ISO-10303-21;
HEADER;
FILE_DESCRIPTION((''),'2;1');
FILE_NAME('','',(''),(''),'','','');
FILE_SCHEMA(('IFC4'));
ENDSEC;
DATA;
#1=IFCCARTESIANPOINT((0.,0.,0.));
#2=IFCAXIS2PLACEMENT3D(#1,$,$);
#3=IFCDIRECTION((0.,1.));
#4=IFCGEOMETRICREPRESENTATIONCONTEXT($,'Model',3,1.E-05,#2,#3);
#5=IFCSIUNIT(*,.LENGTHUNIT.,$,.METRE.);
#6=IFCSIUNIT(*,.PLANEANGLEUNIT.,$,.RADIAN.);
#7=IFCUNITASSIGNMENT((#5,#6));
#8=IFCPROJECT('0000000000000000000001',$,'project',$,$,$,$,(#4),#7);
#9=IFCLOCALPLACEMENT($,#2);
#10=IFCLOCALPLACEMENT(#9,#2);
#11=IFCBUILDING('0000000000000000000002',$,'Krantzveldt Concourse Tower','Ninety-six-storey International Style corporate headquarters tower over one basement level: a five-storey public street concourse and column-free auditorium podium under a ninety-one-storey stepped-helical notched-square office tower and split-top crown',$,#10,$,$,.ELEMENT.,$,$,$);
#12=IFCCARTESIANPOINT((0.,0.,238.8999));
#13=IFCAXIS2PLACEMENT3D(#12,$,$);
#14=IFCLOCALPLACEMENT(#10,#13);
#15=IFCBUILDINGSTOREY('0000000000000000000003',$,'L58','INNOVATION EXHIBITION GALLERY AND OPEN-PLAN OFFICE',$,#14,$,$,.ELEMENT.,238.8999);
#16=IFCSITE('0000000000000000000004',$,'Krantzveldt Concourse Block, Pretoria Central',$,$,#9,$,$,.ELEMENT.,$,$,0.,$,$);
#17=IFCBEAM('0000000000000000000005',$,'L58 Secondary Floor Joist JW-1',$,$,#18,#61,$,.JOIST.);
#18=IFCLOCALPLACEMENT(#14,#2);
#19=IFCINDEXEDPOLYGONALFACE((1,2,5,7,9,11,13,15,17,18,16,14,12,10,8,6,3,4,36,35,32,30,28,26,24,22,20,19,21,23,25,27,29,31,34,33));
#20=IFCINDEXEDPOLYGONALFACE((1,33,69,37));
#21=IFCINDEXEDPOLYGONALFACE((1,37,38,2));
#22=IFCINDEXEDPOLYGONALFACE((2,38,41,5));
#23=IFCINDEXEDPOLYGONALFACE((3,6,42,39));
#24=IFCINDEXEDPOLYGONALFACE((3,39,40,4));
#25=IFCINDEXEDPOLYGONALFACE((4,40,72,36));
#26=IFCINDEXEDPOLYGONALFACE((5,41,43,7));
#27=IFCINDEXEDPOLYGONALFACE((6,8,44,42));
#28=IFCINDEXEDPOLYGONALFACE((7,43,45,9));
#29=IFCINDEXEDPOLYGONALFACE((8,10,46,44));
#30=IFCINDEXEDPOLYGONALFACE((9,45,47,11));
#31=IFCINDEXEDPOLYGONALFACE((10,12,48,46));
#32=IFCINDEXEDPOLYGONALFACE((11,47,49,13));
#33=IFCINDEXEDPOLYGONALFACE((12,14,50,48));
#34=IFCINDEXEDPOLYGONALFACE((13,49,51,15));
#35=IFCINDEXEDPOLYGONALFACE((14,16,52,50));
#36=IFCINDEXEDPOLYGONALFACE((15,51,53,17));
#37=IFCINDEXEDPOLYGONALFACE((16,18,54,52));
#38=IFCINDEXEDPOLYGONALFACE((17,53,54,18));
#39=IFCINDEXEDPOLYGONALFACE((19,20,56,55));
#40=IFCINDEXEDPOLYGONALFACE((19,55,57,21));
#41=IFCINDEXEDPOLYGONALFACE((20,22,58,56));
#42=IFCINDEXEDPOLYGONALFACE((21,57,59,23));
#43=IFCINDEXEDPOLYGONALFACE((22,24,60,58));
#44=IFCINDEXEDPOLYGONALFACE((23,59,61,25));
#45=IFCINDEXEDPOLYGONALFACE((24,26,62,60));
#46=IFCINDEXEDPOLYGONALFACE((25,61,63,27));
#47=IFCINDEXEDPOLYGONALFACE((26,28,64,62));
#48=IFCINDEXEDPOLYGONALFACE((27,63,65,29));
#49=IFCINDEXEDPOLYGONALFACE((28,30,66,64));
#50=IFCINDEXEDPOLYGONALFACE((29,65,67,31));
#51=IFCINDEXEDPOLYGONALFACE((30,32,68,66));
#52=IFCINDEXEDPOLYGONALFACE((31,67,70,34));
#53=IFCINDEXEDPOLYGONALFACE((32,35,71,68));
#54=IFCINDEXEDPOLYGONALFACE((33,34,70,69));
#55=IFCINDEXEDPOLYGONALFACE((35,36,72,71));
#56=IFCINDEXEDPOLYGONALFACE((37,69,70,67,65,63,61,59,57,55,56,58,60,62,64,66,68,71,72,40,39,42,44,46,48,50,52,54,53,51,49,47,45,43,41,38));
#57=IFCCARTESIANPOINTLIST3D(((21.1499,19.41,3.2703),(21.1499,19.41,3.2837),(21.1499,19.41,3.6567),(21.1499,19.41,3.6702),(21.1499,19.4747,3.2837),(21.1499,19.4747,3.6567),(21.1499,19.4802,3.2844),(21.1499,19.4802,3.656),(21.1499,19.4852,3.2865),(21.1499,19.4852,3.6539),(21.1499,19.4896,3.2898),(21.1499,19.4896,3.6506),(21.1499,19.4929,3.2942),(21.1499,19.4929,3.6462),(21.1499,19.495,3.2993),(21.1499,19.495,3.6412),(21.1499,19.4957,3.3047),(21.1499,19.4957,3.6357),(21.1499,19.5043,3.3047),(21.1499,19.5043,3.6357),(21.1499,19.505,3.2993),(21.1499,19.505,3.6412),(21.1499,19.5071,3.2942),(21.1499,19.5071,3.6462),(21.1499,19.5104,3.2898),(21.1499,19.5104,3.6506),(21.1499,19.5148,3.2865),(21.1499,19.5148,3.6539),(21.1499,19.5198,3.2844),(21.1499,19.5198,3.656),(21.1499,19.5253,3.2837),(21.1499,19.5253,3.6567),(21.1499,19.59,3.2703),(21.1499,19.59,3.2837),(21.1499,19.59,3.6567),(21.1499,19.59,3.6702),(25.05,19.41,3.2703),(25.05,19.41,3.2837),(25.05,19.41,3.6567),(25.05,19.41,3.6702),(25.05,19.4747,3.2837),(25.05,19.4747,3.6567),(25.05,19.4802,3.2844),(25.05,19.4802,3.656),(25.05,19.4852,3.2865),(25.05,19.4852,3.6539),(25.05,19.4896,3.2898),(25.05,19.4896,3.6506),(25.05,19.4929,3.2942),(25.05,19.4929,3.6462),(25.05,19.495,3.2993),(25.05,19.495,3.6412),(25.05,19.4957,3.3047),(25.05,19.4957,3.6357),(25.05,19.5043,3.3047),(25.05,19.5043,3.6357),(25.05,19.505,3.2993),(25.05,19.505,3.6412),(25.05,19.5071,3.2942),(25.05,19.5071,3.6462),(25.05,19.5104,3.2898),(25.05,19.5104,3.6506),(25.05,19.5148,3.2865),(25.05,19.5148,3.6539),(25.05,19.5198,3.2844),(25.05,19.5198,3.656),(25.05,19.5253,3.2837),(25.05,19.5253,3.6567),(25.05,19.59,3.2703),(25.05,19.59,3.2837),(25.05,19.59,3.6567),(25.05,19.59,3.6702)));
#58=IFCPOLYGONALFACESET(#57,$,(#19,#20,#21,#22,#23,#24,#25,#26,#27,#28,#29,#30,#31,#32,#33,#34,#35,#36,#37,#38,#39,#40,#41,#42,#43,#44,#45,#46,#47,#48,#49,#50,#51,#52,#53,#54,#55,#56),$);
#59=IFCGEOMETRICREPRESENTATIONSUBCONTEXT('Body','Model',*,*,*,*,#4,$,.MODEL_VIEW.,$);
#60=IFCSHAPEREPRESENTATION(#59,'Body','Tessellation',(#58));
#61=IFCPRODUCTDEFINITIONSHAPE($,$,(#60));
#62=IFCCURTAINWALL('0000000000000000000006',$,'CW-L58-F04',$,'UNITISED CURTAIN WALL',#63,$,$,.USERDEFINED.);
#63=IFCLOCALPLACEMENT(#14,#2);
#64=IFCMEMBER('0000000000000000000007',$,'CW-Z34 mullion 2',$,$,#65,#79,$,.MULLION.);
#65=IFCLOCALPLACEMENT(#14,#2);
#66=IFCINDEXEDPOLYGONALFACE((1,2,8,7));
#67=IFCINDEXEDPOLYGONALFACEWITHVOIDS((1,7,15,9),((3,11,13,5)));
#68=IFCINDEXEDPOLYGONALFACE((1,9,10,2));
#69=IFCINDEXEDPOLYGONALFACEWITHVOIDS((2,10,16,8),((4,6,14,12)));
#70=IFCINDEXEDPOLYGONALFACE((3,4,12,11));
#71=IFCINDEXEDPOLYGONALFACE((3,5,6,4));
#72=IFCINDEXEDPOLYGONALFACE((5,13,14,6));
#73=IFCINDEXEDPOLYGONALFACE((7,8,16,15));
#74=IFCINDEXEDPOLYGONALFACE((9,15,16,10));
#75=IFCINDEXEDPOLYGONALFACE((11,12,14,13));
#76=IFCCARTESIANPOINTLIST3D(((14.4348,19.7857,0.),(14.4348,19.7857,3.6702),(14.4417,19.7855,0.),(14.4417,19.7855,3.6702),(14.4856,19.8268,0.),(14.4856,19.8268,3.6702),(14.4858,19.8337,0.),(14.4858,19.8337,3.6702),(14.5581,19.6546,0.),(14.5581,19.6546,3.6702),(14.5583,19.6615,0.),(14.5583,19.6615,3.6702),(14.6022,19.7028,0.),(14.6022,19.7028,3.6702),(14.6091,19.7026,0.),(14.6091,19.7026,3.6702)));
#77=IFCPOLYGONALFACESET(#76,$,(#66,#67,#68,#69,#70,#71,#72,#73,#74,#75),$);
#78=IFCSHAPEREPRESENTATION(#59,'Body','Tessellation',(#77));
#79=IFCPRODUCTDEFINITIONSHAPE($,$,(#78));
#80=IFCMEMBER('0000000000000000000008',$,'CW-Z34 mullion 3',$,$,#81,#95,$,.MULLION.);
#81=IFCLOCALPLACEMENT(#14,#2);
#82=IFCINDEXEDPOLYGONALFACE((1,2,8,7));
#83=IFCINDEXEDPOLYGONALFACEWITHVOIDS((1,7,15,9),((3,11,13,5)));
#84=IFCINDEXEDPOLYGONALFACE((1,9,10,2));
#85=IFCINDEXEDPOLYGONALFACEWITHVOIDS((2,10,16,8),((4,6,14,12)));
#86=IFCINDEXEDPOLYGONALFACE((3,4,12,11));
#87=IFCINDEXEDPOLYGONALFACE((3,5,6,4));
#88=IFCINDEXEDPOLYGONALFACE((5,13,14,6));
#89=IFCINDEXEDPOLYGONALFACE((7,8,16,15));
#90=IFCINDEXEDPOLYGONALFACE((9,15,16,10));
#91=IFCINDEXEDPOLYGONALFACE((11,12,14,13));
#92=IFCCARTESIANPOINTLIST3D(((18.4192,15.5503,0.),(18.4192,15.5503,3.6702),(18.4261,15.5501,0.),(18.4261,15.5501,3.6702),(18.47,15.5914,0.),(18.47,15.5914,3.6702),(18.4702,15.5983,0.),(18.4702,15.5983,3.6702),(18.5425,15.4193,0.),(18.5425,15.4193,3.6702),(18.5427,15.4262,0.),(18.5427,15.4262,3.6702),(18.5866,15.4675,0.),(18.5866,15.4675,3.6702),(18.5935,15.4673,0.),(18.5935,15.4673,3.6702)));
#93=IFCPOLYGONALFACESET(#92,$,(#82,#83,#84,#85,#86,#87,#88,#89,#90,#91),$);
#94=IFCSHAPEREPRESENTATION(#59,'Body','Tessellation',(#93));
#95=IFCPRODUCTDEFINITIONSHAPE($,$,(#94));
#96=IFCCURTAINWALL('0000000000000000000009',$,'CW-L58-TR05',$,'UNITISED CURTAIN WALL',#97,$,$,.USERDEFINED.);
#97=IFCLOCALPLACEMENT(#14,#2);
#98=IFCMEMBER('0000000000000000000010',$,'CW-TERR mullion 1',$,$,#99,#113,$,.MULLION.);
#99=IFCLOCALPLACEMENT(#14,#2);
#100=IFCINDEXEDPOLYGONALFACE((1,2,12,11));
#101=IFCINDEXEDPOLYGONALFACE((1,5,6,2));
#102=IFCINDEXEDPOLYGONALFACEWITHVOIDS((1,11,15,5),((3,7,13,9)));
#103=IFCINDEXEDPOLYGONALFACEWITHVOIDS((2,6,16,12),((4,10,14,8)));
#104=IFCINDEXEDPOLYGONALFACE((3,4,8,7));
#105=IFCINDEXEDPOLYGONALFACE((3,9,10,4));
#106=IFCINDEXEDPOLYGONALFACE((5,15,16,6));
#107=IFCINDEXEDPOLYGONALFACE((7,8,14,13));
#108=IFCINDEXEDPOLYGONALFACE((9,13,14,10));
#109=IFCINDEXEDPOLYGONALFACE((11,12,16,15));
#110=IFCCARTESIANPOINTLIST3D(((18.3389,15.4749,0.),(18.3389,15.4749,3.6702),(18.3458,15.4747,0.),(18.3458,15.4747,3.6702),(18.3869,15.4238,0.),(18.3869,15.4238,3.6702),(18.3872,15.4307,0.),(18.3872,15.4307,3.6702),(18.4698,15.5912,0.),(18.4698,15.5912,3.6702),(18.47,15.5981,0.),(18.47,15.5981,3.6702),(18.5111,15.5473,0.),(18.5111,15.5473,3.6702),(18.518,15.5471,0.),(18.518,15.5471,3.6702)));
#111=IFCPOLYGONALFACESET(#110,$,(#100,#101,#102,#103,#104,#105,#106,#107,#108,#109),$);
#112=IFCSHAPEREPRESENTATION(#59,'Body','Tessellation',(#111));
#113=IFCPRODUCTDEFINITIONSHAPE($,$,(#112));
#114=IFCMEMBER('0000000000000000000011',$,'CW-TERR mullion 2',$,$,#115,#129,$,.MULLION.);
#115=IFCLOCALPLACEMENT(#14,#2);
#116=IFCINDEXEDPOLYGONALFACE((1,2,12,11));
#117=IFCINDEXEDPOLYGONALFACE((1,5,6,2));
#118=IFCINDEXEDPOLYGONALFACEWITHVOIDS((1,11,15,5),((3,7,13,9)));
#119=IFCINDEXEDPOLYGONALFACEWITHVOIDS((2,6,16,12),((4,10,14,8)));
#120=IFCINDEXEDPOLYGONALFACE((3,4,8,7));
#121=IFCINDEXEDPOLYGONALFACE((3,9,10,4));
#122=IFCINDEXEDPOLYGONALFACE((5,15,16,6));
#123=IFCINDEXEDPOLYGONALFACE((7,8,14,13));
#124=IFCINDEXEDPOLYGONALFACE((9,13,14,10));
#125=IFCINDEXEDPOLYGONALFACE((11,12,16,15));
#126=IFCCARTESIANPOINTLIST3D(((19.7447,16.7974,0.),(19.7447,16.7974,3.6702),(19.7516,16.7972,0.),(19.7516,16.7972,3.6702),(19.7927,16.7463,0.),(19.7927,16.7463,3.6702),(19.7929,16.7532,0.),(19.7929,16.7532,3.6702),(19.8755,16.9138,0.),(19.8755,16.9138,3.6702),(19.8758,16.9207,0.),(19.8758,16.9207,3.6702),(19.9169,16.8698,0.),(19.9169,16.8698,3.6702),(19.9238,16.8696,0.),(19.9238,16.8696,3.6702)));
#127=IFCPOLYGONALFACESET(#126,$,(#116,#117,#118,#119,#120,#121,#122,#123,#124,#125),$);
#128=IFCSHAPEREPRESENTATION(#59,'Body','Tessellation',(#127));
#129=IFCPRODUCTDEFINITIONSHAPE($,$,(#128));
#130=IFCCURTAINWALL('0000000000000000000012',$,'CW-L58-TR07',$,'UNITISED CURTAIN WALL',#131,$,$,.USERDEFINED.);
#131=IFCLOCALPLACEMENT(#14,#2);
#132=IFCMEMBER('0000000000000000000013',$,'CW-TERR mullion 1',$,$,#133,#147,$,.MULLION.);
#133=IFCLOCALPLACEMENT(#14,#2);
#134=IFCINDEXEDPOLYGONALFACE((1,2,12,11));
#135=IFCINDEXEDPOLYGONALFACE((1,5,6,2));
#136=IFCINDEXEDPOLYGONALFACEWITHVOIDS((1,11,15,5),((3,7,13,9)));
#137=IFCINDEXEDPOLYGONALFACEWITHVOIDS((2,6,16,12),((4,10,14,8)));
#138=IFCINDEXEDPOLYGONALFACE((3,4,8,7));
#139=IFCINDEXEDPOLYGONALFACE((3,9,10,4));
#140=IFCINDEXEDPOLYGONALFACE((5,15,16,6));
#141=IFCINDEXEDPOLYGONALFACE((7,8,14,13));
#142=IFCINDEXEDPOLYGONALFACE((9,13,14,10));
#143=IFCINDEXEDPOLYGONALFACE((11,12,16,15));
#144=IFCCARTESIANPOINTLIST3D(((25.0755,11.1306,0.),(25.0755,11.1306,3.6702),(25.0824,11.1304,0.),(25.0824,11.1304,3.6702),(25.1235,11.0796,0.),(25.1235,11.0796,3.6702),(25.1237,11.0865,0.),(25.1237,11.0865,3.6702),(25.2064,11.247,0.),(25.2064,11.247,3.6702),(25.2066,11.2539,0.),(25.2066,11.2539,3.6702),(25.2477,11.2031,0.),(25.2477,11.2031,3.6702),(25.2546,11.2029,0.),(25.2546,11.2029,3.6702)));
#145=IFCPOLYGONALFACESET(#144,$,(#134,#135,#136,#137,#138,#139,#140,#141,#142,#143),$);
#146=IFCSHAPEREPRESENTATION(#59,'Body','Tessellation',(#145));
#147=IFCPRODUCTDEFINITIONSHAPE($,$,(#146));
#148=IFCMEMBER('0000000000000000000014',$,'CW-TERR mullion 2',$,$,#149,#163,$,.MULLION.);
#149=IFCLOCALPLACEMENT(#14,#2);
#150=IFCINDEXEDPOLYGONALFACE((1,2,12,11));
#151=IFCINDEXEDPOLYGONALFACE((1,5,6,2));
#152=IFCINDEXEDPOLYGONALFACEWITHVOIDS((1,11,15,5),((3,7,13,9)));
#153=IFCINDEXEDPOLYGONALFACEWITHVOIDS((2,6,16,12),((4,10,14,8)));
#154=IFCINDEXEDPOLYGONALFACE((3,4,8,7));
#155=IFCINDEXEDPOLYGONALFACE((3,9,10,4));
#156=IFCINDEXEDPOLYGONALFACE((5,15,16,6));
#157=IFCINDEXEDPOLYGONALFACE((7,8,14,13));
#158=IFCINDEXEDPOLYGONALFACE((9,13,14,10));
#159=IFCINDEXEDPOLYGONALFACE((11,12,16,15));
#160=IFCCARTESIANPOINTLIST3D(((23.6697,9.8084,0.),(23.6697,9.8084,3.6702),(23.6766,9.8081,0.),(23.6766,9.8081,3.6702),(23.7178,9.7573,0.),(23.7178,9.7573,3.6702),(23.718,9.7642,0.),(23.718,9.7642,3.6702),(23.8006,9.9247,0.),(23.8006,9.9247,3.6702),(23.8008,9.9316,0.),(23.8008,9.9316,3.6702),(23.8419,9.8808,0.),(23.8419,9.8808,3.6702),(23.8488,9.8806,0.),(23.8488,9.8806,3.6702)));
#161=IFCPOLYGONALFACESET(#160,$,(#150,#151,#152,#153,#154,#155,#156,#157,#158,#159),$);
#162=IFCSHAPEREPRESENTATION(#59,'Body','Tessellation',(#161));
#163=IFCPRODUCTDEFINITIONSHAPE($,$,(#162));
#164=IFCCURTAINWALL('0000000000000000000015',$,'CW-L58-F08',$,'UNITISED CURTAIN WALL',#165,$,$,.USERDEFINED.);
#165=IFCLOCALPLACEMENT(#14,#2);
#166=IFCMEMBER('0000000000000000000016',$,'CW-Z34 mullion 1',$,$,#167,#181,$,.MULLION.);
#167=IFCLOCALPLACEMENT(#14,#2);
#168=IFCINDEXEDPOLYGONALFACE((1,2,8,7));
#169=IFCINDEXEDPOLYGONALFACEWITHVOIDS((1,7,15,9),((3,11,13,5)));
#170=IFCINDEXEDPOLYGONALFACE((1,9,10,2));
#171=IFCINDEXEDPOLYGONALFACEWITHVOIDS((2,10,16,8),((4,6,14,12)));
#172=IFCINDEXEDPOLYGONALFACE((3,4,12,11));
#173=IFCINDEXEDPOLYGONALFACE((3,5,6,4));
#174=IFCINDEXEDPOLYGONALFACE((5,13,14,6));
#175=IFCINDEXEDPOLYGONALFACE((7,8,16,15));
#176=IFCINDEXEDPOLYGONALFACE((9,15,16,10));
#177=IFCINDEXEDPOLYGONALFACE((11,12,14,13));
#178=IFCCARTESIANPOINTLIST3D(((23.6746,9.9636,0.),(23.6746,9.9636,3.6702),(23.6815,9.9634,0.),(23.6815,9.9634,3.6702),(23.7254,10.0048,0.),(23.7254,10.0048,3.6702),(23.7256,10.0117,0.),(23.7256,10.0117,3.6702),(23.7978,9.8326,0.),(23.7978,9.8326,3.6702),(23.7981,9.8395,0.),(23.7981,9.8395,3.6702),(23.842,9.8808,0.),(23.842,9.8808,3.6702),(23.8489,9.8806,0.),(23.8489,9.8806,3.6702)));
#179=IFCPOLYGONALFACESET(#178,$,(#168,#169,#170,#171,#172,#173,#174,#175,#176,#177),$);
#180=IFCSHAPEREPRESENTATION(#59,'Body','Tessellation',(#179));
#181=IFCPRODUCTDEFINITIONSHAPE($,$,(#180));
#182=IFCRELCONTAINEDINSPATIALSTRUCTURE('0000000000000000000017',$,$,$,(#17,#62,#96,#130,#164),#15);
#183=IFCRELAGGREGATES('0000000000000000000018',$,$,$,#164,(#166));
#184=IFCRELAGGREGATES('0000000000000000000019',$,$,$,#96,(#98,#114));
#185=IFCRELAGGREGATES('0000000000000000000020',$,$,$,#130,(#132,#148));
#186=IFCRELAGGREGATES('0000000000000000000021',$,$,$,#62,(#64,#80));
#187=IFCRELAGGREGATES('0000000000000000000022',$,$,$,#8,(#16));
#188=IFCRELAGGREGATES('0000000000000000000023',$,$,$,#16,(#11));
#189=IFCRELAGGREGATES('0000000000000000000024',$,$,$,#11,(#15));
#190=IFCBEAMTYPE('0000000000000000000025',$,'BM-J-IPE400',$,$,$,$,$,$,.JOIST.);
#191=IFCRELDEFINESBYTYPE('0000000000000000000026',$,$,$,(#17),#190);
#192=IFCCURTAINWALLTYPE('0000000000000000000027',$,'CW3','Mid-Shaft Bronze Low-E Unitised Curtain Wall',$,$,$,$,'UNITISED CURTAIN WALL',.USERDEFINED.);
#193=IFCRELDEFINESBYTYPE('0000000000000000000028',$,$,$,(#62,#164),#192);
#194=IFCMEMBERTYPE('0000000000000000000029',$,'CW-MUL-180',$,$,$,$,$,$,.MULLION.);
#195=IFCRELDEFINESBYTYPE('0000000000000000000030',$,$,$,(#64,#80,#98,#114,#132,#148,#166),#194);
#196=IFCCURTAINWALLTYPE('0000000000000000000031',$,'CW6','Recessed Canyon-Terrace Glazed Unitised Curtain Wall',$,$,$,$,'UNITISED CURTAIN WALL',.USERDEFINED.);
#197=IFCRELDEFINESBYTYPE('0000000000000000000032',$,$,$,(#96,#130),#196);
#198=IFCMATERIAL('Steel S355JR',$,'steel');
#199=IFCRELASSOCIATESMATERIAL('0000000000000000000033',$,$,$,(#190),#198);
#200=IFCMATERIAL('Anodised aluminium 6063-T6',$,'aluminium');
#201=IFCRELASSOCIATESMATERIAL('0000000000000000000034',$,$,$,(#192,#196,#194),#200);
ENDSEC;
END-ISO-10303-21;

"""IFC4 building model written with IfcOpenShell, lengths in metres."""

from ifc_helpers import new_model, si_unit, direction, frame, origin, origin_2d, place, context, subcontext, project, spatial, hollow_rectangle, i_section, extrude, source, transform, mapped, material, material_profile, profile_set, type_object, type_shapes, element, aggregate, save


model = new_model("IFC4")

# Units and contexts
model_context = context("Model", 3, precision=1e-05, world=origin(), true_north=direction((0.0, 1.0)))
body_context = subcontext(model_context, "Body", "Model", "MODEL_VIEW")
ifc_project = project(units=[si_unit("LENGTHUNIT", "METRE"), si_unit("PLANEANGLEUNIT", "RADIAN")], contexts=[model_context])

# Site, building, storey
site_placement = place(None, origin())
site = spatial("IfcSite", under=ifc_project, at=site_placement, Name="Krantzveldt Concourse Block, Pretoria Central", CompositionType="ELEMENT", RefElevation=0.0)
building_placement = place(site_placement, origin())
building = spatial("IfcBuilding", under=site, at=building_placement, Name="Krantzveldt Concourse Tower", Description="Ninety-six-storey International Style corporate headquarters tower over one basement level: a five-storey public street concourse and column-free auditorium podium under a ninety-one-storey stepped-helical notched-square office tower and split-top crown", CompositionType="ELEMENT")
storey_placement = place(building_placement, frame((0.0, 0.0, 238.8999)))
storey = spatial("IfcBuildingStorey", under=building, at=storey_placement, Name="L58", Description="INNOVATION EXHIBITION GALLERY AND OPEN-PLAN OFFICE", CompositionType="ELEMENT", Elevation=238.8999)

# Beam
ifc_material_1 = material(Name="Steel S355JR", Category="steel")
ifc_material_profile_1 = material_profile(ifc_material_1, i_section(OverallWidth=0.1799, OverallDepth=0.3999, WebThickness=0.0085, FlangeThickness=0.0134, FilletRadius=0.021, at=origin_2d()), Name="Steel S355JR", Category="steel")
ifc_profile_set_1 = profile_set([ifc_material_profile_1], Name="Steel S355JR - IPE 400")
beam_type_1 = type_object("IfcBeamType", Name="BM-J-IPE400", PredefinedType="JOIST", material=ifc_profile_set_1)
shared_shape_1 = source(origin(), body_context, "Body", "SweptSolid", [
    extrude(i_section(OverallWidth=0.1799, OverallDepth=0.3999, WebThickness=0.0085, FlangeThickness=0.0134, FilletRadius=0.021, at=origin_2d()), origin(), (0.0, 0.0, 1.0), 3.9001),
])
type_shapes(beam_type_1, [shared_shape_1])
beam_1_placement = place(storey_placement, frame((21.1499, 19.5, 3.4702), z_axis=(1.0, 0.0, 0.0), x_axis=(0.0, 1.0, 0.0)))
element("IfcBeam", 1, at=beam_1_placement, inside=storey, type_object=beam_type_1, Name="L58 Secondary Floor Joist JW-1", PredefinedType="JOIST", context=body_context, shape_type="MappedRepresentation", body=[
    mapped(shared_shape_1, transform((0.0, 0.0, 0.0), x_axis=(1.0, 0.0, 0.0), y_axis=(0.0, 1.0, 0.0), z_axis=(0.0, 0.0, 1.0), scale=1.0)),
])

# Curtain walls, members
ifc_material_2 = material(Name="Anodised aluminium 6063-T6", Category="aluminium")
curtain_wall_type_1 = type_object("IfcCurtainWallType", Name="CW3", Description="Mid-Shaft Bronze Low-E Unitised Curtain Wall", ElementType="UNITISED CURTAIN WALL", PredefinedType="USERDEFINED", material=ifc_material_2)
curtain_wall_1_placement = place(storey_placement, origin())
curtain_wall_1 = element("IfcCurtainWall", 2, at=curtain_wall_1_placement, inside=storey, type_object=curtain_wall_type_1, Name="CW-L58-F04", ObjectType="UNITISED CURTAIN WALL", PredefinedType="USERDEFINED")
ifc_material_profile_2 = material_profile(ifc_material_2, hollow_rectangle(XDim=0.0701, YDim=0.1799, WallThickness=0.0049, at=origin_2d()), Name="Anodised aluminium 6063-T6", Category="aluminium")
ifc_profile_set_2 = profile_set([ifc_material_profile_2], Name="Anodised aluminium 6063-T6 - ALU-MULL 180x70x5")
member_type_1 = type_object("IfcMemberType", Name="CW-MUL-180", PredefinedType="MULLION", material=ifc_profile_set_2)
shared_shape_2 = source(origin(), body_context, "Body", "SweptSolid", [
    extrude(hollow_rectangle(XDim=0.0701, YDim=0.1799, WallThickness=0.0049, at=origin_2d()), origin(), (0.0, 0.0, 1.0), 3.6702),
])
type_shapes(member_type_1, [shared_shape_2])
member_1_placement = place(storey_placement, frame((14.522, 19.7441, 0.0), z_axis=(0.0, 0.0, 1.0), x_axis=(0.728371, 0.685183, 0.0)))
member_1 = element("IfcMember", 3, at=member_1_placement, type_object=member_type_1, Name="CW-Z34 mullion 2", PredefinedType="MULLION", context=body_context, shape_type="MappedRepresentation", body=[
    mapped(shared_shape_2, transform((0.0, 0.0, 0.0), x_axis=(1.0, 0.0, 0.0), y_axis=(0.0, 1.0, 0.0), z_axis=(0.0, 0.0, 1.0), scale=1.0)),
])
member_2_placement = place(storey_placement, frame((18.5063, 15.5088, 0.0), z_axis=(0.0, 0.0, 1.0), x_axis=(0.728371, 0.685183, 0.0)))
member_2 = element("IfcMember", 4, at=member_2_placement, type_object=member_type_1, Name="CW-Z34 mullion 3", PredefinedType="MULLION", context=body_context, shape_type="MappedRepresentation", body=[
    mapped(shared_shape_2, transform((0.0, 0.0, 0.0), x_axis=(1.0, 0.0, 0.0), y_axis=(0.0, 1.0, 0.0), z_axis=(0.0, 0.0, 1.0), scale=1.0)),
])
curtain_wall_type_2 = type_object("IfcCurtainWallType", Name="CW6", Description="Recessed Canyon-Terrace Glazed Unitised Curtain Wall", ElementType="UNITISED CURTAIN WALL", PredefinedType="USERDEFINED", material=ifc_material_2)
curtain_wall_2_placement = place(storey_placement, origin())
curtain_wall_2 = element("IfcCurtainWall", 5, at=curtain_wall_2_placement, inside=storey, type_object=curtain_wall_type_2, Name="CW-L58-TR05", ObjectType="UNITISED CURTAIN WALL", PredefinedType="USERDEFINED")
member_3_placement = place(storey_placement, frame((18.4285, 15.511, 0.0), z_axis=(0.0, 0.0, 1.0), x_axis=(-0.685182, 0.728372, 0.0)))
member_3 = element("IfcMember", 6, at=member_3_placement, type_object=member_type_1, Name="CW-TERR mullion 1", PredefinedType="MULLION", context=body_context, shape_type="MappedRepresentation", body=[
    mapped(shared_shape_2, transform((0.0, 0.0, 0.0), x_axis=(1.0, 0.0, 0.0), y_axis=(0.0, 1.0, 0.0), z_axis=(0.0, 0.0, 1.0), scale=1.0)),
])
member_4_placement = place(storey_placement, frame((19.8342, 16.8335, 0.0), z_axis=(0.0, 0.0, 1.0), x_axis=(-0.685182, 0.728372, 0.0)))
member_4 = element("IfcMember", 7, at=member_4_placement, type_object=member_type_1, Name="CW-TERR mullion 2", PredefinedType="MULLION", context=body_context, shape_type="MappedRepresentation", body=[
    mapped(shared_shape_2, transform((0.0, 0.0, 0.0), x_axis=(1.0, 0.0, 0.0), y_axis=(0.0, 1.0, 0.0), z_axis=(0.0, 0.0, 1.0), scale=1.0)),
])
curtain_wall_3_placement = place(storey_placement, origin())
curtain_wall_3 = element("IfcCurtainWall", 8, at=curtain_wall_3_placement, inside=storey, type_object=curtain_wall_type_2, Name="CW-L58-TR07", ObjectType="UNITISED CURTAIN WALL", PredefinedType="USERDEFINED")
member_5_placement = place(storey_placement, frame((25.165, 11.1667, 0.0), z_axis=(0.0, 0.0, 1.0), x_axis=(0.685182, -0.728372, 0.0)))
member_5 = element("IfcMember", 9, at=member_5_placement, type_object=member_type_1, Name="CW-TERR mullion 1", PredefinedType="MULLION", context=body_context, shape_type="MappedRepresentation", body=[
    mapped(shared_shape_2, transform((0.0, 0.0, 0.0), x_axis=(1.0, 0.0, 0.0), y_axis=(0.0, 1.0, 0.0), z_axis=(0.0, 0.0, 1.0), scale=1.0)),
])
member_6_placement = place(storey_placement, frame((23.7593, 9.8445, 0.0), z_axis=(0.0, 0.0, 1.0), x_axis=(0.685182, -0.728372, 0.0)))
member_6 = element("IfcMember", 10, at=member_6_placement, type_object=member_type_1, Name="CW-TERR mullion 2", PredefinedType="MULLION", context=body_context, shape_type="MappedRepresentation", body=[
    mapped(shared_shape_2, transform((0.0, 0.0, 0.0), x_axis=(1.0, 0.0, 0.0), y_axis=(0.0, 1.0, 0.0), z_axis=(0.0, 0.0, 1.0), scale=1.0)),
])

# Curtain wall, member
curtain_wall_4_placement = place(storey_placement, origin())
curtain_wall_4 = element("IfcCurtainWall", 11, at=curtain_wall_4_placement, inside=storey, type_object=curtain_wall_type_1, Name="CW-L58-F08", ObjectType="UNITISED CURTAIN WALL", PredefinedType="USERDEFINED")
member_7_placement = place(storey_placement, frame((23.7617, 9.9221, 0.0), z_axis=(0.0, 0.0, 1.0), x_axis=(0.728371, 0.685183, 0.0)))
member_7 = element("IfcMember", 12, at=member_7_placement, type_object=member_type_1, Name="CW-Z34 mullion 1", PredefinedType="MULLION", context=body_context, shape_type="MappedRepresentation", body=[
    mapped(shared_shape_2, transform((0.0, 0.0, 0.0), x_axis=(1.0, 0.0, 0.0), y_axis=(0.0, 1.0, 0.0), z_axis=(0.0, 0.0, 1.0), scale=1.0)),
])

aggregate(curtain_wall_4, [member_7])

aggregate(curtain_wall_2, [member_3, member_4])
aggregate(curtain_wall_3, [member_5, member_6])
aggregate(curtain_wall_1, [member_1, member_2])

save(model, "model.ifc")
